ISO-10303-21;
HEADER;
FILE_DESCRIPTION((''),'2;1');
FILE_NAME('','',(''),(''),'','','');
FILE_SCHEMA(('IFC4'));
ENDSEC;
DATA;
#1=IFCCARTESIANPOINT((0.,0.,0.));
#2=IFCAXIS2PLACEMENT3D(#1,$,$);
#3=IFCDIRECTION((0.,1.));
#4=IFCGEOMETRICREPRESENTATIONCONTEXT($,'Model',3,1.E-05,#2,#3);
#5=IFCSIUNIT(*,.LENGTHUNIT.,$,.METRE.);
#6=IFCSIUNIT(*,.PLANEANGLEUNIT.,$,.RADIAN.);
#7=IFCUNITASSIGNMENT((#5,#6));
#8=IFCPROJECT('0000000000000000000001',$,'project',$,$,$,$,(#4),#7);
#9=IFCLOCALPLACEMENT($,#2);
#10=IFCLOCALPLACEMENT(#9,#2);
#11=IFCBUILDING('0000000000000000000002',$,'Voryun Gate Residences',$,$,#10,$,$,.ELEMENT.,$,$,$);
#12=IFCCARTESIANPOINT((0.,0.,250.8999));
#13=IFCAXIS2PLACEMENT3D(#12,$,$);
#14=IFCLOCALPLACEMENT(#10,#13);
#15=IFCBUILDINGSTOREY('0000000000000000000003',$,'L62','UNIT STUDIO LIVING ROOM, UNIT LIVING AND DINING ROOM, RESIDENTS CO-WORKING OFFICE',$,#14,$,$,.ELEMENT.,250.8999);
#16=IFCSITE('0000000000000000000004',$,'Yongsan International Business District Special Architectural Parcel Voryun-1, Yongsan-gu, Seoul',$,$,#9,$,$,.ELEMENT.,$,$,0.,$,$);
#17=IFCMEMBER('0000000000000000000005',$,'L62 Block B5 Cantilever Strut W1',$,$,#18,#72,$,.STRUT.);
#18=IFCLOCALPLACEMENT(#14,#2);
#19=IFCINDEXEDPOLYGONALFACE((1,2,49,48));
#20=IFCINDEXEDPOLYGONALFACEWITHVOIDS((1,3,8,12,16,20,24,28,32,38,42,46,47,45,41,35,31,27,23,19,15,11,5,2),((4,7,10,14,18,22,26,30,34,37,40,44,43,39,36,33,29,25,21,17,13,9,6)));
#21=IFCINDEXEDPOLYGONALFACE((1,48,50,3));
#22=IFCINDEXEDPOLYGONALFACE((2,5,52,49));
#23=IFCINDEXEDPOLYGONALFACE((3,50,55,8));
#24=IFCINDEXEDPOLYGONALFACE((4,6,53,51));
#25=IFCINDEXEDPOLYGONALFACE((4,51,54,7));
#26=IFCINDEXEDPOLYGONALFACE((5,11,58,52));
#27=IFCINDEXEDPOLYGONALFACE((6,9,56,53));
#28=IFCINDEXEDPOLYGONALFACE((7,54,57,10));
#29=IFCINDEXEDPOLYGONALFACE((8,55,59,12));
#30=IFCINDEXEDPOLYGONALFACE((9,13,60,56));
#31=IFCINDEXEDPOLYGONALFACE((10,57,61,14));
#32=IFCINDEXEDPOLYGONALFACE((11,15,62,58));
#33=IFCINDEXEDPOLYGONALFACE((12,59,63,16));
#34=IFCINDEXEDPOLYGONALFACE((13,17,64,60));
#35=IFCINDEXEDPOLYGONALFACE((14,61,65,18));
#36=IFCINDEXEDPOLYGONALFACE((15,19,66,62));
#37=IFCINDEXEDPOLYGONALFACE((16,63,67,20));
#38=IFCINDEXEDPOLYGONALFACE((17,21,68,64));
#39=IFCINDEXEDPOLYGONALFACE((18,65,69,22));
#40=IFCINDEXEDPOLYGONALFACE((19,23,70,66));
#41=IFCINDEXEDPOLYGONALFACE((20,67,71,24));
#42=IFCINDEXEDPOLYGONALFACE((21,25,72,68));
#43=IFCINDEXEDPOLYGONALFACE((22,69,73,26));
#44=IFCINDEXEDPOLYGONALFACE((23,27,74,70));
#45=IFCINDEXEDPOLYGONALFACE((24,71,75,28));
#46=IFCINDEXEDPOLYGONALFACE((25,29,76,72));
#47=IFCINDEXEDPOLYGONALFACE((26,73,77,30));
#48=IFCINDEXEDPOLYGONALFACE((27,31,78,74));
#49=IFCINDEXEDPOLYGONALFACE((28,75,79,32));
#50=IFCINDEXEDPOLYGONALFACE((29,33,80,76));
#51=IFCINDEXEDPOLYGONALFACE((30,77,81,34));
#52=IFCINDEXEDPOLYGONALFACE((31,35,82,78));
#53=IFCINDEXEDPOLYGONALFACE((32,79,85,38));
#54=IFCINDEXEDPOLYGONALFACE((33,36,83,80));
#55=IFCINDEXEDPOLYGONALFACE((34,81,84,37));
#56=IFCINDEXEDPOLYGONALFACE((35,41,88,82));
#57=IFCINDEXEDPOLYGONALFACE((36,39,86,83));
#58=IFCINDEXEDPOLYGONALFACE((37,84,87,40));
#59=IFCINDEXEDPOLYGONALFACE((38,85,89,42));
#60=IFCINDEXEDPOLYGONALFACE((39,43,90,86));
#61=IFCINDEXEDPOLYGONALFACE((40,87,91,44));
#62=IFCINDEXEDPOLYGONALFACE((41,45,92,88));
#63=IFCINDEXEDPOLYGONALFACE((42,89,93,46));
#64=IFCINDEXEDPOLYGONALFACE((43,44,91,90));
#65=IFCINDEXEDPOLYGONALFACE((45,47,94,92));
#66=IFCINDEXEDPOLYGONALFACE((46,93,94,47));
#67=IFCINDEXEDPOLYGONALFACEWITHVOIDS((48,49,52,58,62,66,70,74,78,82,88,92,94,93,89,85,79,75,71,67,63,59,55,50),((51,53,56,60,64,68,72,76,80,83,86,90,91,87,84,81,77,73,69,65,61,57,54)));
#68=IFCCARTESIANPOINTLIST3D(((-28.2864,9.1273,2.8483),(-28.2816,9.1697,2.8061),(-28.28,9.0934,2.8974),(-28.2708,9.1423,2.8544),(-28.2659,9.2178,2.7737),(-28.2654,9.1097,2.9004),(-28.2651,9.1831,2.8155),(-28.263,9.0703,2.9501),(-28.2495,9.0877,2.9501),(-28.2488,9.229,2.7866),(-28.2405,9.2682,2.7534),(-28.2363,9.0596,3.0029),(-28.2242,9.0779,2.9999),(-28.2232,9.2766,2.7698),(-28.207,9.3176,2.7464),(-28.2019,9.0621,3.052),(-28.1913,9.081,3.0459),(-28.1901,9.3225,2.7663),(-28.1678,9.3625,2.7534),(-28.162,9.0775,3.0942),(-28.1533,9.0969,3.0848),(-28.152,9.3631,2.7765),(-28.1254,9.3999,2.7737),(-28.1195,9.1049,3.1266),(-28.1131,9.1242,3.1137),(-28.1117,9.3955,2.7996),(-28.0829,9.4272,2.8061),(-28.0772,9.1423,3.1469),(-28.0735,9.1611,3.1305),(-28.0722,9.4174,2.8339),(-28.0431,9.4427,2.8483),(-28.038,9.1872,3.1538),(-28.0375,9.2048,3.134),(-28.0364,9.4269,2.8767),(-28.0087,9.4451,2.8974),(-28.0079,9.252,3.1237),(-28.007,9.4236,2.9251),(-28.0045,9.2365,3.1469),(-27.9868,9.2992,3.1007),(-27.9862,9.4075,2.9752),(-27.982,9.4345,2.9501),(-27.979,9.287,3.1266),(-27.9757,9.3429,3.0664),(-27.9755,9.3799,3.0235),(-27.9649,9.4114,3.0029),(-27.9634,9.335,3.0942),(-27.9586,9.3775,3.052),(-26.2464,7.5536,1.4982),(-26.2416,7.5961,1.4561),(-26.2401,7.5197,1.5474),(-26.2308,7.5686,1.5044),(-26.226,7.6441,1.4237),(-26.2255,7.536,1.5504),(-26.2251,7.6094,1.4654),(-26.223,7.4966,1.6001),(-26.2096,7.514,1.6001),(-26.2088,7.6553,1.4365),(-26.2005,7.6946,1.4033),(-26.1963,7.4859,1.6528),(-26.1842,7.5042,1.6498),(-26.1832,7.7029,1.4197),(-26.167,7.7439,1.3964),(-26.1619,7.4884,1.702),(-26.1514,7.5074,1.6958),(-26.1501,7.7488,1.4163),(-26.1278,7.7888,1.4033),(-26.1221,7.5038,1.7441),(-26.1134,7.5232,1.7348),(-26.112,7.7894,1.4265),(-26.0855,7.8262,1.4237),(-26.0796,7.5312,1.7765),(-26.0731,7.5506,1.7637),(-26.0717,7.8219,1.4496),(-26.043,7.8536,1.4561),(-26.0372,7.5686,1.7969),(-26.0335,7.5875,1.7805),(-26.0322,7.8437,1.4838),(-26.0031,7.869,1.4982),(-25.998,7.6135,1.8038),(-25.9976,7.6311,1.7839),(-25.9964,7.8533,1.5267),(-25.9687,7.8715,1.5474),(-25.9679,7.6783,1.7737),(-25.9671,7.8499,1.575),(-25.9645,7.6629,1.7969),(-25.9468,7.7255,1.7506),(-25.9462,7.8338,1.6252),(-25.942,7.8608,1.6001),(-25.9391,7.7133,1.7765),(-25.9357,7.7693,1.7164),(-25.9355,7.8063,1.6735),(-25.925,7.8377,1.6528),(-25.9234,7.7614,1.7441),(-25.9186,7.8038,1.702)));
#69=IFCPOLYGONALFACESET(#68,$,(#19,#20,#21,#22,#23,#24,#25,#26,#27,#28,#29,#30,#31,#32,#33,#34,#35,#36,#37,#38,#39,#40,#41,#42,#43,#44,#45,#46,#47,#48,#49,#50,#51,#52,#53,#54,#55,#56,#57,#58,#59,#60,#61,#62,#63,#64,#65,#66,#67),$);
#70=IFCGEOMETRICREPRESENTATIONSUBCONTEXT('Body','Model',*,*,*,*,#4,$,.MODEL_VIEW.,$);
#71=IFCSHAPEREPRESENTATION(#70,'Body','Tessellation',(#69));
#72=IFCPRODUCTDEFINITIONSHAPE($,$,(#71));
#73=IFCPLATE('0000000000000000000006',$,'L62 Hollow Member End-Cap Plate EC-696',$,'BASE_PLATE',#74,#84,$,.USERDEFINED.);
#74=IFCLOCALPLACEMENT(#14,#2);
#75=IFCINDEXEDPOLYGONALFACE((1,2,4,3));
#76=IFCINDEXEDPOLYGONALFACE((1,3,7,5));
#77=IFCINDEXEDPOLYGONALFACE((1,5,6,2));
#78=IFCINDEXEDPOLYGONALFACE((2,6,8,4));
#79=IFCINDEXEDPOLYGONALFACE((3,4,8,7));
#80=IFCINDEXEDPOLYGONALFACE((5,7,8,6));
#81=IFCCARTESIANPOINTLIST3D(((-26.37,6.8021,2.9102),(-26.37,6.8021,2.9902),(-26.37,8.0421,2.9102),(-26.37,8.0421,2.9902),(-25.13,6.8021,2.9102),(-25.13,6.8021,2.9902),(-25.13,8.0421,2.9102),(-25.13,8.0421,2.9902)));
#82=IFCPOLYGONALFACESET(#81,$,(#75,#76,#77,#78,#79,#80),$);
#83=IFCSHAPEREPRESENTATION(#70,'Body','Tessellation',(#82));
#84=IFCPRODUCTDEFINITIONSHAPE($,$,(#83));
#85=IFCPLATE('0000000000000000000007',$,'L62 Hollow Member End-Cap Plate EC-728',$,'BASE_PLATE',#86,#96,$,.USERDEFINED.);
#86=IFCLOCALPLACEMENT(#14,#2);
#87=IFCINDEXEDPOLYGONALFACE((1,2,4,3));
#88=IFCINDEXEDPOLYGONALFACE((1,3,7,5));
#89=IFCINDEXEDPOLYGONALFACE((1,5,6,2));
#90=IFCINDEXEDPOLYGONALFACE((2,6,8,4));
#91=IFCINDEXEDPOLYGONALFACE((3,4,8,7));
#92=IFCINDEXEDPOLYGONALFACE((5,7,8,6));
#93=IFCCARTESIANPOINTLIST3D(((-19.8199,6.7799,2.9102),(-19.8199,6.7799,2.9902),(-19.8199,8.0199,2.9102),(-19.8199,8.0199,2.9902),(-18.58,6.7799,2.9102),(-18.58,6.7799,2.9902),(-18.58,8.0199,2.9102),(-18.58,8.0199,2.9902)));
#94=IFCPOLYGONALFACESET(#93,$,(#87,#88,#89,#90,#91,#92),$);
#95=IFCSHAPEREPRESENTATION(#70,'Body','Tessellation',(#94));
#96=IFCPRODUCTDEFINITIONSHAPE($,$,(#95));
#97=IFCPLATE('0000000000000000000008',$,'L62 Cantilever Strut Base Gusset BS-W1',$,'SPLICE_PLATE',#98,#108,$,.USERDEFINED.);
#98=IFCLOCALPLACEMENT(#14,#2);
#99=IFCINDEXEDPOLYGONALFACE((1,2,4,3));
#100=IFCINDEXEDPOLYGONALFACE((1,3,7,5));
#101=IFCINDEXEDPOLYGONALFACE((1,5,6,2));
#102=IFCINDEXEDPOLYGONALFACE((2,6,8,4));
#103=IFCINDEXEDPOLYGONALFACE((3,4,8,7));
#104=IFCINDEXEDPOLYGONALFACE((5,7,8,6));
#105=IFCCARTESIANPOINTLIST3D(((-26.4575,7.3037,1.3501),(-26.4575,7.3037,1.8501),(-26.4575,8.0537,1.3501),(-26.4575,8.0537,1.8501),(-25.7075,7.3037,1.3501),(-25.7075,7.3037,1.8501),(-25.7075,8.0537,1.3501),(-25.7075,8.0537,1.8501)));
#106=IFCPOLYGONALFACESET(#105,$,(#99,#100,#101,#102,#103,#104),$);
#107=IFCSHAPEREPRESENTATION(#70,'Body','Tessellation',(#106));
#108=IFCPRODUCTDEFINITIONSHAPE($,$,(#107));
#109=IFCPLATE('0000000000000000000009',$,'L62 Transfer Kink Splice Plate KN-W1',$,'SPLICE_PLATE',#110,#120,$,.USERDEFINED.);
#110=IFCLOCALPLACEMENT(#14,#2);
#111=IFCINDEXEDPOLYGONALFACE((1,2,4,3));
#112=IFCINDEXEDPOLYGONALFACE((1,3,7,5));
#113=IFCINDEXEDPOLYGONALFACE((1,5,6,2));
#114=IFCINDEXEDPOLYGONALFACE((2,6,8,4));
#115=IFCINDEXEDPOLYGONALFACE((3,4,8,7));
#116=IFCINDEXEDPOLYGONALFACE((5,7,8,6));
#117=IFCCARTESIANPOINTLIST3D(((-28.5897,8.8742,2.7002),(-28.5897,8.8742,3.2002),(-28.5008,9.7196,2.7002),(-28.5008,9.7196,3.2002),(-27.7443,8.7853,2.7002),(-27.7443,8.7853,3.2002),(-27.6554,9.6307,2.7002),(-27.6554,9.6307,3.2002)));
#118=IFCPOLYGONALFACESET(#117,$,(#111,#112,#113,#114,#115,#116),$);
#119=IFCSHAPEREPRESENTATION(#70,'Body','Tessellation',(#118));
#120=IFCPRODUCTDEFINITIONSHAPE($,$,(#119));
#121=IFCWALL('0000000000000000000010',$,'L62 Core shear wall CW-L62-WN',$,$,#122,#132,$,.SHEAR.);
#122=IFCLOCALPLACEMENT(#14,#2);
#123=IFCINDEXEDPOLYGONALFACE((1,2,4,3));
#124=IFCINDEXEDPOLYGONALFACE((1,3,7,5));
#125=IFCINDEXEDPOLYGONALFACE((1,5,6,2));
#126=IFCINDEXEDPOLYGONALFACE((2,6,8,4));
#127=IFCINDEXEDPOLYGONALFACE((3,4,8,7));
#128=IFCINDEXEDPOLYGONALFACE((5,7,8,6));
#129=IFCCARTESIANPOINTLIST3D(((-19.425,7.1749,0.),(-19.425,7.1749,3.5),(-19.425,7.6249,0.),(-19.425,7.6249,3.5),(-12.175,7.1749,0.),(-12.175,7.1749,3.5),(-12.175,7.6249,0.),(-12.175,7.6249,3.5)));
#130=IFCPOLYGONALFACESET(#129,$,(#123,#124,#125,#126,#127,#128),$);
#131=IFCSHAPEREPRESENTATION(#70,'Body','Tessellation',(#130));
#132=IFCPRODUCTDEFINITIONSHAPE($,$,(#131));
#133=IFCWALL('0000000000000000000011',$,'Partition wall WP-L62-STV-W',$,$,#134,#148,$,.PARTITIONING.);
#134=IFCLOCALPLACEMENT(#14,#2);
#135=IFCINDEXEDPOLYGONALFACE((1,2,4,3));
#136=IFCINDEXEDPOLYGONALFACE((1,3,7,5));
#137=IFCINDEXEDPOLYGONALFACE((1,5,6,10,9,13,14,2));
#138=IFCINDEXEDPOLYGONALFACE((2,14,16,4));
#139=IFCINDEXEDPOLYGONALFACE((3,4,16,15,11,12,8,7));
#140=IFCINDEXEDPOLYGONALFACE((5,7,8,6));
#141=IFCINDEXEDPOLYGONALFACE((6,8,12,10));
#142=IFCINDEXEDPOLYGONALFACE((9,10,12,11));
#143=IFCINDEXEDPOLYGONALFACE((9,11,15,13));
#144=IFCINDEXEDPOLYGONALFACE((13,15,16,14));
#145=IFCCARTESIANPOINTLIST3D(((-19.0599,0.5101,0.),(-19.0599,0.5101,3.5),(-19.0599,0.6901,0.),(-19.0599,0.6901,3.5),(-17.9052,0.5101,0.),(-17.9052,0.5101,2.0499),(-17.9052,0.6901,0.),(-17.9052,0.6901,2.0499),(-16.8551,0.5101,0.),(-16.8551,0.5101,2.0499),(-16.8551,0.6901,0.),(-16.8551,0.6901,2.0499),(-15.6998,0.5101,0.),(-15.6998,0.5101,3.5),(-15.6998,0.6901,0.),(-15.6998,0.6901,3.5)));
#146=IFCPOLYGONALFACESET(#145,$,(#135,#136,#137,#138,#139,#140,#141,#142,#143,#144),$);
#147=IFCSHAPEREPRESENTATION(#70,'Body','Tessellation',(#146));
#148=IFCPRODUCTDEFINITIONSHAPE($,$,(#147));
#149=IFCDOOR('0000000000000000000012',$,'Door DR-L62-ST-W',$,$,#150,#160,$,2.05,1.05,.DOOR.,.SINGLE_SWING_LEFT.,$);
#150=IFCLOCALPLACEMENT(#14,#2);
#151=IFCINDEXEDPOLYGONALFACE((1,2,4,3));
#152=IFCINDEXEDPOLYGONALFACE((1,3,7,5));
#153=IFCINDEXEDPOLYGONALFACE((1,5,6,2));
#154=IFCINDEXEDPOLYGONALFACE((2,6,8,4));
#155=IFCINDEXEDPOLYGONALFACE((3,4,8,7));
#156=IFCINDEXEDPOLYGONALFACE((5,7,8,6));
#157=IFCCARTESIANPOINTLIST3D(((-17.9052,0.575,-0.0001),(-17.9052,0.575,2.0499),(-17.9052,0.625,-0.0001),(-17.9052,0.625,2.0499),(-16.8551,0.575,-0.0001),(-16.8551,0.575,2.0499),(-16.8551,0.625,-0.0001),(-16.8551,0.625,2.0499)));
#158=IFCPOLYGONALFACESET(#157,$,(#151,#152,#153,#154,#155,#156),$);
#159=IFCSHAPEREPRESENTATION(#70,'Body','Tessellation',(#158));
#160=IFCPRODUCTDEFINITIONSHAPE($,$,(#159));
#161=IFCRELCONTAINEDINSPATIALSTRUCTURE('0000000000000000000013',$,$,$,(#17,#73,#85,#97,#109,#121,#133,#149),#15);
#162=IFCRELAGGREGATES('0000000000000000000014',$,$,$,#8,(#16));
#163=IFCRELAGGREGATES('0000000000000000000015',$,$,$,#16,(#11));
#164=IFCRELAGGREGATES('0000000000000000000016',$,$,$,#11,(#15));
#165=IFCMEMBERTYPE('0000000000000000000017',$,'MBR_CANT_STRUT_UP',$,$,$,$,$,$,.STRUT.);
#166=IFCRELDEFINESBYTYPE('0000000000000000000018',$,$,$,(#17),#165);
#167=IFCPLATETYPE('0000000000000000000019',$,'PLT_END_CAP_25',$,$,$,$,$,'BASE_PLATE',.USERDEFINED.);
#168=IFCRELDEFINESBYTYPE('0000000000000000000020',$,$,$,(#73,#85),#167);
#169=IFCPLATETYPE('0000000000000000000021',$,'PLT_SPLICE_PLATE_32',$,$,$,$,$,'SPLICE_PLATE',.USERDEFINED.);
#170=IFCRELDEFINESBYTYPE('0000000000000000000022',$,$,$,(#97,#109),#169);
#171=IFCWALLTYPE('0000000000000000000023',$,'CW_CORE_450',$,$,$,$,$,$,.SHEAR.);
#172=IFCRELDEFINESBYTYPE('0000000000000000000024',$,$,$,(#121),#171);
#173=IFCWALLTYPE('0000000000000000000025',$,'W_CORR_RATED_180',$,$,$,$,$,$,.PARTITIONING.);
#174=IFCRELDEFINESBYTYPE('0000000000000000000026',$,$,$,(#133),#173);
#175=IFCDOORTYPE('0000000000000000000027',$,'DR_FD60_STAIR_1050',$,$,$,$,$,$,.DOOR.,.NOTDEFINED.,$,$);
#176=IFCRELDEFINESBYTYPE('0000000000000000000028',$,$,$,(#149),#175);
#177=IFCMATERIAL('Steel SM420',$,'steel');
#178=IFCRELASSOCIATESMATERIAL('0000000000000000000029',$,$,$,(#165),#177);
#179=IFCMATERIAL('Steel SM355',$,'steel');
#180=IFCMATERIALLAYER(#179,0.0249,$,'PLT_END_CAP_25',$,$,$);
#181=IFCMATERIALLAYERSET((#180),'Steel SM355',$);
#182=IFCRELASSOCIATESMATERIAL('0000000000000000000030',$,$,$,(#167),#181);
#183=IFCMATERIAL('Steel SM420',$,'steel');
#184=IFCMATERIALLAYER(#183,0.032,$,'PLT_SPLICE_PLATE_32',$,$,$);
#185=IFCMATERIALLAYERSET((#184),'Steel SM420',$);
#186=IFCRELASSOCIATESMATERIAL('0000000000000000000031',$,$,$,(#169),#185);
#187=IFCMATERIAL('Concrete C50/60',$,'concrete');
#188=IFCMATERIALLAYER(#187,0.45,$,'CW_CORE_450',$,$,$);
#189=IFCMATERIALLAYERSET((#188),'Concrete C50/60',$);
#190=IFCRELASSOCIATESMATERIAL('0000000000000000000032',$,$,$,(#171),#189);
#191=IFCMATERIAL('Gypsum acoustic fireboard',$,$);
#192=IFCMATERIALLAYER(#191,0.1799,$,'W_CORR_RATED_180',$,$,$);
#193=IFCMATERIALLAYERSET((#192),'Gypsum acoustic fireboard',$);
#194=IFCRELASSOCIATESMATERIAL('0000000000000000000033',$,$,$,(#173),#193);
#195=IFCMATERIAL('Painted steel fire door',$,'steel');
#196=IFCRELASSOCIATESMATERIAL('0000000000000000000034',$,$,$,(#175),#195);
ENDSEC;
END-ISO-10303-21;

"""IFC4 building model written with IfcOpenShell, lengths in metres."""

from ifc_helpers import new_model, si_unit, direction, frame, frame_2d, origin, origin_2d, place, context, subcontext, project, spatial, rectangle, hollow_circle, extrude, material, layer, layer_set, material_profile, profile_set, type_object, element, fill, save


model = new_model("IFC4")

# Units and contexts
model_context = context("Model", 3, precision=1e-05, world=origin(), true_north=direction((0.0, 1.0)))
body_context = subcontext(model_context, "Body", "Model", "MODEL_VIEW")
ifc_project = project(units=[si_unit("LENGTHUNIT", "METRE"), si_unit("PLANEANGLEUNIT", "RADIAN")], contexts=[model_context])

# Site, building, storey
site_placement = place(None, origin())
site = spatial("IfcSite", under=ifc_project, at=site_placement, Name="Yongsan International Business District Special Architectural Parcel Voryun-1, Yongsan-gu, Seoul", CompositionType="ELEMENT", RefElevation=0.0)
building_placement = place(site_placement, origin())
building = spatial("IfcBuilding", under=site, at=building_placement, Name="Voryun Gate Residences", CompositionType="ELEMENT")
storey_placement = place(building_placement, frame((0.0, 0.0, 250.8999)))
storey = spatial("IfcBuildingStorey", under=building, at=storey_placement, Name="L62", Description="UNIT STUDIO LIVING ROOM, UNIT LIVING AND DINING ROOM, RESIDENTS CO-WORKING OFFICE", CompositionType="ELEMENT", Elevation=250.8999)

# Member
ifc_material_1 = material(Name="Steel SM420", Category="steel")
ifc_material_profile_1 = material_profile(ifc_material_1, hollow_circle(Radius=0.23, WallThickness=0.022, at=origin_2d()), Name="CHS-460x22")
ifc_profile_set_1 = profile_set([ifc_material_profile_1], Name="Steel SM420")
member_type = type_object("IfcMemberType", Name="MBR_CANT_STRUT_UP", PredefinedType="STRUT", material=ifc_profile_set_1)
member_placement = place(storey_placement, frame((-26.0825, 7.6787, 1.6001), z_axis=(-0.701332, 0.541023, 0.464142), x_axis=(-0.6108, -0.791785, 0.0)))
element("IfcMember", 1, at=member_placement, inside=storey, type_object=member_type, Name="L62 Block B5 Cantilever Strut W1", PredefinedType="STRUT", context=body_context, shape_type="SweptSolid", body=[
    extrude(hollow_circle(Radius=0.23, WallThickness=0.022, at=origin_2d()), origin(), (0.0, 0.0, 1.0), 2.9087),
])

# Plates
ifc_material_2 = material(Name="Steel SM355", Category="steel")
ifc_layer_1 = layer(ifc_material_2, 0.0249, Name="PLT_END_CAP_25")
ifc_layer_set_1 = layer_set([ifc_layer_1], Name="Steel SM355")
plate_type_1 = type_object("IfcPlateType", Name="PLT_END_CAP_25", ElementType="BASE_PLATE", PredefinedType="USERDEFINED", material=ifc_layer_set_1)
for number, where, z_axis, x_axis, name in (
    (2, (-25.75, 7.4221, 2.9102), (0.0, 0.0, 1.0), (1.0, 0.0, 0.0), "L62 Hollow Member End-Cap Plate EC-696"),
    (3, (-19.2, 7.3999, 2.9102), (0.0, 0.0, 1.0), (1.0, 0.0, 0.0), "L62 Hollow Member End-Cap Plate EC-728"),
):
    element("IfcPlate", number, at=place(storey_placement, frame(where, z_axis=z_axis, x_axis=x_axis)), inside=storey, type_object=plate_type_1, Name=name, ObjectType="BASE_PLATE", PredefinedType="USERDEFINED", context=body_context, shape_type="SweptSolid", body=[
        extrude(rectangle(XDim=1.24, YDim=1.24, at=origin_2d()), origin(), (0.0, 0.0, 1.0), 0.0801),
    ])
ifc_material_3 = material(Name="Steel SM420", Category="steel")
ifc_layer_2 = layer(ifc_material_3, 0.032, Name="PLT_SPLICE_PLATE_32")
ifc_layer_set_2 = layer_set([ifc_layer_2], Name="Steel SM420")
plate_type_2 = type_object("IfcPlateType", Name="PLT_SPLICE_PLATE_32", ElementType="SPLICE_PLATE", PredefinedType="USERDEFINED", material=ifc_layer_set_2)
plate_1_placement = place(storey_placement, frame((-26.0825, 7.6787, 1.3501), z_axis=(0.0, 0.0, 1.0), x_axis=(1.0, 0.0, 0.0)))
element("IfcPlate", 4, at=plate_1_placement, inside=storey, type_object=plate_type_2, Name="L62 Cantilever Strut Base Gusset BS-W1", ObjectType="SPLICE_PLATE", PredefinedType="USERDEFINED", context=body_context, shape_type="SweptSolid", body=[
    extrude(rectangle(XDim=0.75, YDim=0.75, at=origin_2d()), origin(), (0.0, 0.0, 1.0), 0.5),
])
plate_2_placement = place(storey_placement, frame((-28.1226, 9.2524, 2.7002), z_axis=(0.0, 0.0, 1.0), x_axis=(0.994522, -0.104528, 0.0)))
element("IfcPlate", 5, at=plate_2_placement, inside=storey, type_object=plate_type_2, Name="L62 Transfer Kink Splice Plate KN-W1", ObjectType="SPLICE_PLATE", PredefinedType="USERDEFINED", context=body_context, shape_type="SweptSolid", body=[
    extrude(rectangle(XDim=0.8501, YDim=0.8501, at=origin_2d()), origin(), (0.0, 0.0, 1.0), 0.5),
])

# Wall
ifc_material_4 = material(Name="Concrete C50/60", Category="concrete")
ifc_layer_3 = layer(ifc_material_4, 0.45, Name="CW_CORE_450")
ifc_layer_set_3 = layer_set([ifc_layer_3], Name="Concrete C50/60")
wall_type_1 = type_object("IfcWallType", Name="CW_CORE_450", PredefinedType="SHEAR", material=ifc_layer_set_3)
wall_1_placement = place(storey_placement, frame((-19.425, 7.3999, 0.0), z_axis=(0.0, 0.0, 1.0), x_axis=(1.0, 0.0, 0.0)))
element("IfcWall", 6, at=wall_1_placement, inside=storey, type_object=wall_type_1, Name="L62 Core shear wall CW-L62-WN", PredefinedType="SHEAR", context=body_context, shape_type="SweptSolid", body=[
    extrude(rectangle(XDim=7.25, YDim=0.45, at=frame_2d((3.625, 0.0))), origin(), (0.0, 0.0, 1.0), 3.5),
])

# Wall, opening, door
ifc_material_5 = material(Name="Gypsum acoustic fireboard")
ifc_layer_4 = layer(ifc_material_5, 0.1799, Name="W_CORR_RATED_180")
ifc_layer_set_4 = layer_set([ifc_layer_4], Name="Gypsum acoustic fireboard")
wall_type_2 = type_object("IfcWallType", Name="W_CORR_RATED_180", PredefinedType="PARTITIONING", material=ifc_layer_set_4)
wall_2_placement = place(storey_placement, frame((-19.0601, 0.6001, 0.0), z_axis=(0.0, 0.0, 1.0), x_axis=(1.0, 0.0, 0.0)))
wall_2 = element("IfcWall", 7, at=wall_2_placement, inside=storey, type_object=wall_type_2, Name="Partition wall WP-L62-STV-W", PredefinedType="PARTITIONING", context=body_context, shape_type="SweptSolid", body=[
    extrude(rectangle(XDim=3.3601, YDim=0.1799, at=frame_2d((1.6802, 0.0))), origin(), (0.0, 0.0, 1.0), 3.5),
])
opening_1_placement = place(wall_2_placement, frame((1.155, 0.0, 0.0)))
opening_1 = element("IfcOpeningElement", 8, at=opening_1_placement, cuts=wall_2, PredefinedType="OPENING", context=body_context, shape_type="SweptSolid", body=[
    extrude(rectangle(XDim=1.05, YDim=2.05, at=frame_2d((0.5249, 1.0249))), frame((0.0, 0.0999, 0.0), z_axis=(0.0, -1.0, 0.0), x_axis=(1.0, 0.0, 0.0)), (0.0, 0.0, 1.0), 0.2),
])
ifc_material_6 = material(Name="Painted steel fire door", Category="steel")
door_type_1 = type_object("IfcDoorType", Name="DR_FD60_STAIR_1050", OperationType="NOTDEFINED", PredefinedType="DOOR", material=ifc_material_6)
door_1_placement = place(opening_1_placement, origin())
door_1 = element("IfcDoor", 9, at=door_1_placement, inside=storey, type_object=door_type_1, Name="Door DR-L62-ST-W", OperationType="SINGLE_SWING_LEFT", OverallHeight=2.05, OverallWidth=1.05, PredefinedType="DOOR", context=body_context, shape_type="SweptSolid", body=[
    extrude(rectangle(XDim=1.05, YDim=2.05, at=frame_2d((0.5249, 1.0249))), frame((0.0, 0.0249, 0.0), z_axis=(0.0, -1.0, 0.0), x_axis=(1.0, 0.0, 0.0)), (0.0, 0.0, 1.0), 0.05),
])
fill(opening_1, door_1)

save(model, "model.ifc")
